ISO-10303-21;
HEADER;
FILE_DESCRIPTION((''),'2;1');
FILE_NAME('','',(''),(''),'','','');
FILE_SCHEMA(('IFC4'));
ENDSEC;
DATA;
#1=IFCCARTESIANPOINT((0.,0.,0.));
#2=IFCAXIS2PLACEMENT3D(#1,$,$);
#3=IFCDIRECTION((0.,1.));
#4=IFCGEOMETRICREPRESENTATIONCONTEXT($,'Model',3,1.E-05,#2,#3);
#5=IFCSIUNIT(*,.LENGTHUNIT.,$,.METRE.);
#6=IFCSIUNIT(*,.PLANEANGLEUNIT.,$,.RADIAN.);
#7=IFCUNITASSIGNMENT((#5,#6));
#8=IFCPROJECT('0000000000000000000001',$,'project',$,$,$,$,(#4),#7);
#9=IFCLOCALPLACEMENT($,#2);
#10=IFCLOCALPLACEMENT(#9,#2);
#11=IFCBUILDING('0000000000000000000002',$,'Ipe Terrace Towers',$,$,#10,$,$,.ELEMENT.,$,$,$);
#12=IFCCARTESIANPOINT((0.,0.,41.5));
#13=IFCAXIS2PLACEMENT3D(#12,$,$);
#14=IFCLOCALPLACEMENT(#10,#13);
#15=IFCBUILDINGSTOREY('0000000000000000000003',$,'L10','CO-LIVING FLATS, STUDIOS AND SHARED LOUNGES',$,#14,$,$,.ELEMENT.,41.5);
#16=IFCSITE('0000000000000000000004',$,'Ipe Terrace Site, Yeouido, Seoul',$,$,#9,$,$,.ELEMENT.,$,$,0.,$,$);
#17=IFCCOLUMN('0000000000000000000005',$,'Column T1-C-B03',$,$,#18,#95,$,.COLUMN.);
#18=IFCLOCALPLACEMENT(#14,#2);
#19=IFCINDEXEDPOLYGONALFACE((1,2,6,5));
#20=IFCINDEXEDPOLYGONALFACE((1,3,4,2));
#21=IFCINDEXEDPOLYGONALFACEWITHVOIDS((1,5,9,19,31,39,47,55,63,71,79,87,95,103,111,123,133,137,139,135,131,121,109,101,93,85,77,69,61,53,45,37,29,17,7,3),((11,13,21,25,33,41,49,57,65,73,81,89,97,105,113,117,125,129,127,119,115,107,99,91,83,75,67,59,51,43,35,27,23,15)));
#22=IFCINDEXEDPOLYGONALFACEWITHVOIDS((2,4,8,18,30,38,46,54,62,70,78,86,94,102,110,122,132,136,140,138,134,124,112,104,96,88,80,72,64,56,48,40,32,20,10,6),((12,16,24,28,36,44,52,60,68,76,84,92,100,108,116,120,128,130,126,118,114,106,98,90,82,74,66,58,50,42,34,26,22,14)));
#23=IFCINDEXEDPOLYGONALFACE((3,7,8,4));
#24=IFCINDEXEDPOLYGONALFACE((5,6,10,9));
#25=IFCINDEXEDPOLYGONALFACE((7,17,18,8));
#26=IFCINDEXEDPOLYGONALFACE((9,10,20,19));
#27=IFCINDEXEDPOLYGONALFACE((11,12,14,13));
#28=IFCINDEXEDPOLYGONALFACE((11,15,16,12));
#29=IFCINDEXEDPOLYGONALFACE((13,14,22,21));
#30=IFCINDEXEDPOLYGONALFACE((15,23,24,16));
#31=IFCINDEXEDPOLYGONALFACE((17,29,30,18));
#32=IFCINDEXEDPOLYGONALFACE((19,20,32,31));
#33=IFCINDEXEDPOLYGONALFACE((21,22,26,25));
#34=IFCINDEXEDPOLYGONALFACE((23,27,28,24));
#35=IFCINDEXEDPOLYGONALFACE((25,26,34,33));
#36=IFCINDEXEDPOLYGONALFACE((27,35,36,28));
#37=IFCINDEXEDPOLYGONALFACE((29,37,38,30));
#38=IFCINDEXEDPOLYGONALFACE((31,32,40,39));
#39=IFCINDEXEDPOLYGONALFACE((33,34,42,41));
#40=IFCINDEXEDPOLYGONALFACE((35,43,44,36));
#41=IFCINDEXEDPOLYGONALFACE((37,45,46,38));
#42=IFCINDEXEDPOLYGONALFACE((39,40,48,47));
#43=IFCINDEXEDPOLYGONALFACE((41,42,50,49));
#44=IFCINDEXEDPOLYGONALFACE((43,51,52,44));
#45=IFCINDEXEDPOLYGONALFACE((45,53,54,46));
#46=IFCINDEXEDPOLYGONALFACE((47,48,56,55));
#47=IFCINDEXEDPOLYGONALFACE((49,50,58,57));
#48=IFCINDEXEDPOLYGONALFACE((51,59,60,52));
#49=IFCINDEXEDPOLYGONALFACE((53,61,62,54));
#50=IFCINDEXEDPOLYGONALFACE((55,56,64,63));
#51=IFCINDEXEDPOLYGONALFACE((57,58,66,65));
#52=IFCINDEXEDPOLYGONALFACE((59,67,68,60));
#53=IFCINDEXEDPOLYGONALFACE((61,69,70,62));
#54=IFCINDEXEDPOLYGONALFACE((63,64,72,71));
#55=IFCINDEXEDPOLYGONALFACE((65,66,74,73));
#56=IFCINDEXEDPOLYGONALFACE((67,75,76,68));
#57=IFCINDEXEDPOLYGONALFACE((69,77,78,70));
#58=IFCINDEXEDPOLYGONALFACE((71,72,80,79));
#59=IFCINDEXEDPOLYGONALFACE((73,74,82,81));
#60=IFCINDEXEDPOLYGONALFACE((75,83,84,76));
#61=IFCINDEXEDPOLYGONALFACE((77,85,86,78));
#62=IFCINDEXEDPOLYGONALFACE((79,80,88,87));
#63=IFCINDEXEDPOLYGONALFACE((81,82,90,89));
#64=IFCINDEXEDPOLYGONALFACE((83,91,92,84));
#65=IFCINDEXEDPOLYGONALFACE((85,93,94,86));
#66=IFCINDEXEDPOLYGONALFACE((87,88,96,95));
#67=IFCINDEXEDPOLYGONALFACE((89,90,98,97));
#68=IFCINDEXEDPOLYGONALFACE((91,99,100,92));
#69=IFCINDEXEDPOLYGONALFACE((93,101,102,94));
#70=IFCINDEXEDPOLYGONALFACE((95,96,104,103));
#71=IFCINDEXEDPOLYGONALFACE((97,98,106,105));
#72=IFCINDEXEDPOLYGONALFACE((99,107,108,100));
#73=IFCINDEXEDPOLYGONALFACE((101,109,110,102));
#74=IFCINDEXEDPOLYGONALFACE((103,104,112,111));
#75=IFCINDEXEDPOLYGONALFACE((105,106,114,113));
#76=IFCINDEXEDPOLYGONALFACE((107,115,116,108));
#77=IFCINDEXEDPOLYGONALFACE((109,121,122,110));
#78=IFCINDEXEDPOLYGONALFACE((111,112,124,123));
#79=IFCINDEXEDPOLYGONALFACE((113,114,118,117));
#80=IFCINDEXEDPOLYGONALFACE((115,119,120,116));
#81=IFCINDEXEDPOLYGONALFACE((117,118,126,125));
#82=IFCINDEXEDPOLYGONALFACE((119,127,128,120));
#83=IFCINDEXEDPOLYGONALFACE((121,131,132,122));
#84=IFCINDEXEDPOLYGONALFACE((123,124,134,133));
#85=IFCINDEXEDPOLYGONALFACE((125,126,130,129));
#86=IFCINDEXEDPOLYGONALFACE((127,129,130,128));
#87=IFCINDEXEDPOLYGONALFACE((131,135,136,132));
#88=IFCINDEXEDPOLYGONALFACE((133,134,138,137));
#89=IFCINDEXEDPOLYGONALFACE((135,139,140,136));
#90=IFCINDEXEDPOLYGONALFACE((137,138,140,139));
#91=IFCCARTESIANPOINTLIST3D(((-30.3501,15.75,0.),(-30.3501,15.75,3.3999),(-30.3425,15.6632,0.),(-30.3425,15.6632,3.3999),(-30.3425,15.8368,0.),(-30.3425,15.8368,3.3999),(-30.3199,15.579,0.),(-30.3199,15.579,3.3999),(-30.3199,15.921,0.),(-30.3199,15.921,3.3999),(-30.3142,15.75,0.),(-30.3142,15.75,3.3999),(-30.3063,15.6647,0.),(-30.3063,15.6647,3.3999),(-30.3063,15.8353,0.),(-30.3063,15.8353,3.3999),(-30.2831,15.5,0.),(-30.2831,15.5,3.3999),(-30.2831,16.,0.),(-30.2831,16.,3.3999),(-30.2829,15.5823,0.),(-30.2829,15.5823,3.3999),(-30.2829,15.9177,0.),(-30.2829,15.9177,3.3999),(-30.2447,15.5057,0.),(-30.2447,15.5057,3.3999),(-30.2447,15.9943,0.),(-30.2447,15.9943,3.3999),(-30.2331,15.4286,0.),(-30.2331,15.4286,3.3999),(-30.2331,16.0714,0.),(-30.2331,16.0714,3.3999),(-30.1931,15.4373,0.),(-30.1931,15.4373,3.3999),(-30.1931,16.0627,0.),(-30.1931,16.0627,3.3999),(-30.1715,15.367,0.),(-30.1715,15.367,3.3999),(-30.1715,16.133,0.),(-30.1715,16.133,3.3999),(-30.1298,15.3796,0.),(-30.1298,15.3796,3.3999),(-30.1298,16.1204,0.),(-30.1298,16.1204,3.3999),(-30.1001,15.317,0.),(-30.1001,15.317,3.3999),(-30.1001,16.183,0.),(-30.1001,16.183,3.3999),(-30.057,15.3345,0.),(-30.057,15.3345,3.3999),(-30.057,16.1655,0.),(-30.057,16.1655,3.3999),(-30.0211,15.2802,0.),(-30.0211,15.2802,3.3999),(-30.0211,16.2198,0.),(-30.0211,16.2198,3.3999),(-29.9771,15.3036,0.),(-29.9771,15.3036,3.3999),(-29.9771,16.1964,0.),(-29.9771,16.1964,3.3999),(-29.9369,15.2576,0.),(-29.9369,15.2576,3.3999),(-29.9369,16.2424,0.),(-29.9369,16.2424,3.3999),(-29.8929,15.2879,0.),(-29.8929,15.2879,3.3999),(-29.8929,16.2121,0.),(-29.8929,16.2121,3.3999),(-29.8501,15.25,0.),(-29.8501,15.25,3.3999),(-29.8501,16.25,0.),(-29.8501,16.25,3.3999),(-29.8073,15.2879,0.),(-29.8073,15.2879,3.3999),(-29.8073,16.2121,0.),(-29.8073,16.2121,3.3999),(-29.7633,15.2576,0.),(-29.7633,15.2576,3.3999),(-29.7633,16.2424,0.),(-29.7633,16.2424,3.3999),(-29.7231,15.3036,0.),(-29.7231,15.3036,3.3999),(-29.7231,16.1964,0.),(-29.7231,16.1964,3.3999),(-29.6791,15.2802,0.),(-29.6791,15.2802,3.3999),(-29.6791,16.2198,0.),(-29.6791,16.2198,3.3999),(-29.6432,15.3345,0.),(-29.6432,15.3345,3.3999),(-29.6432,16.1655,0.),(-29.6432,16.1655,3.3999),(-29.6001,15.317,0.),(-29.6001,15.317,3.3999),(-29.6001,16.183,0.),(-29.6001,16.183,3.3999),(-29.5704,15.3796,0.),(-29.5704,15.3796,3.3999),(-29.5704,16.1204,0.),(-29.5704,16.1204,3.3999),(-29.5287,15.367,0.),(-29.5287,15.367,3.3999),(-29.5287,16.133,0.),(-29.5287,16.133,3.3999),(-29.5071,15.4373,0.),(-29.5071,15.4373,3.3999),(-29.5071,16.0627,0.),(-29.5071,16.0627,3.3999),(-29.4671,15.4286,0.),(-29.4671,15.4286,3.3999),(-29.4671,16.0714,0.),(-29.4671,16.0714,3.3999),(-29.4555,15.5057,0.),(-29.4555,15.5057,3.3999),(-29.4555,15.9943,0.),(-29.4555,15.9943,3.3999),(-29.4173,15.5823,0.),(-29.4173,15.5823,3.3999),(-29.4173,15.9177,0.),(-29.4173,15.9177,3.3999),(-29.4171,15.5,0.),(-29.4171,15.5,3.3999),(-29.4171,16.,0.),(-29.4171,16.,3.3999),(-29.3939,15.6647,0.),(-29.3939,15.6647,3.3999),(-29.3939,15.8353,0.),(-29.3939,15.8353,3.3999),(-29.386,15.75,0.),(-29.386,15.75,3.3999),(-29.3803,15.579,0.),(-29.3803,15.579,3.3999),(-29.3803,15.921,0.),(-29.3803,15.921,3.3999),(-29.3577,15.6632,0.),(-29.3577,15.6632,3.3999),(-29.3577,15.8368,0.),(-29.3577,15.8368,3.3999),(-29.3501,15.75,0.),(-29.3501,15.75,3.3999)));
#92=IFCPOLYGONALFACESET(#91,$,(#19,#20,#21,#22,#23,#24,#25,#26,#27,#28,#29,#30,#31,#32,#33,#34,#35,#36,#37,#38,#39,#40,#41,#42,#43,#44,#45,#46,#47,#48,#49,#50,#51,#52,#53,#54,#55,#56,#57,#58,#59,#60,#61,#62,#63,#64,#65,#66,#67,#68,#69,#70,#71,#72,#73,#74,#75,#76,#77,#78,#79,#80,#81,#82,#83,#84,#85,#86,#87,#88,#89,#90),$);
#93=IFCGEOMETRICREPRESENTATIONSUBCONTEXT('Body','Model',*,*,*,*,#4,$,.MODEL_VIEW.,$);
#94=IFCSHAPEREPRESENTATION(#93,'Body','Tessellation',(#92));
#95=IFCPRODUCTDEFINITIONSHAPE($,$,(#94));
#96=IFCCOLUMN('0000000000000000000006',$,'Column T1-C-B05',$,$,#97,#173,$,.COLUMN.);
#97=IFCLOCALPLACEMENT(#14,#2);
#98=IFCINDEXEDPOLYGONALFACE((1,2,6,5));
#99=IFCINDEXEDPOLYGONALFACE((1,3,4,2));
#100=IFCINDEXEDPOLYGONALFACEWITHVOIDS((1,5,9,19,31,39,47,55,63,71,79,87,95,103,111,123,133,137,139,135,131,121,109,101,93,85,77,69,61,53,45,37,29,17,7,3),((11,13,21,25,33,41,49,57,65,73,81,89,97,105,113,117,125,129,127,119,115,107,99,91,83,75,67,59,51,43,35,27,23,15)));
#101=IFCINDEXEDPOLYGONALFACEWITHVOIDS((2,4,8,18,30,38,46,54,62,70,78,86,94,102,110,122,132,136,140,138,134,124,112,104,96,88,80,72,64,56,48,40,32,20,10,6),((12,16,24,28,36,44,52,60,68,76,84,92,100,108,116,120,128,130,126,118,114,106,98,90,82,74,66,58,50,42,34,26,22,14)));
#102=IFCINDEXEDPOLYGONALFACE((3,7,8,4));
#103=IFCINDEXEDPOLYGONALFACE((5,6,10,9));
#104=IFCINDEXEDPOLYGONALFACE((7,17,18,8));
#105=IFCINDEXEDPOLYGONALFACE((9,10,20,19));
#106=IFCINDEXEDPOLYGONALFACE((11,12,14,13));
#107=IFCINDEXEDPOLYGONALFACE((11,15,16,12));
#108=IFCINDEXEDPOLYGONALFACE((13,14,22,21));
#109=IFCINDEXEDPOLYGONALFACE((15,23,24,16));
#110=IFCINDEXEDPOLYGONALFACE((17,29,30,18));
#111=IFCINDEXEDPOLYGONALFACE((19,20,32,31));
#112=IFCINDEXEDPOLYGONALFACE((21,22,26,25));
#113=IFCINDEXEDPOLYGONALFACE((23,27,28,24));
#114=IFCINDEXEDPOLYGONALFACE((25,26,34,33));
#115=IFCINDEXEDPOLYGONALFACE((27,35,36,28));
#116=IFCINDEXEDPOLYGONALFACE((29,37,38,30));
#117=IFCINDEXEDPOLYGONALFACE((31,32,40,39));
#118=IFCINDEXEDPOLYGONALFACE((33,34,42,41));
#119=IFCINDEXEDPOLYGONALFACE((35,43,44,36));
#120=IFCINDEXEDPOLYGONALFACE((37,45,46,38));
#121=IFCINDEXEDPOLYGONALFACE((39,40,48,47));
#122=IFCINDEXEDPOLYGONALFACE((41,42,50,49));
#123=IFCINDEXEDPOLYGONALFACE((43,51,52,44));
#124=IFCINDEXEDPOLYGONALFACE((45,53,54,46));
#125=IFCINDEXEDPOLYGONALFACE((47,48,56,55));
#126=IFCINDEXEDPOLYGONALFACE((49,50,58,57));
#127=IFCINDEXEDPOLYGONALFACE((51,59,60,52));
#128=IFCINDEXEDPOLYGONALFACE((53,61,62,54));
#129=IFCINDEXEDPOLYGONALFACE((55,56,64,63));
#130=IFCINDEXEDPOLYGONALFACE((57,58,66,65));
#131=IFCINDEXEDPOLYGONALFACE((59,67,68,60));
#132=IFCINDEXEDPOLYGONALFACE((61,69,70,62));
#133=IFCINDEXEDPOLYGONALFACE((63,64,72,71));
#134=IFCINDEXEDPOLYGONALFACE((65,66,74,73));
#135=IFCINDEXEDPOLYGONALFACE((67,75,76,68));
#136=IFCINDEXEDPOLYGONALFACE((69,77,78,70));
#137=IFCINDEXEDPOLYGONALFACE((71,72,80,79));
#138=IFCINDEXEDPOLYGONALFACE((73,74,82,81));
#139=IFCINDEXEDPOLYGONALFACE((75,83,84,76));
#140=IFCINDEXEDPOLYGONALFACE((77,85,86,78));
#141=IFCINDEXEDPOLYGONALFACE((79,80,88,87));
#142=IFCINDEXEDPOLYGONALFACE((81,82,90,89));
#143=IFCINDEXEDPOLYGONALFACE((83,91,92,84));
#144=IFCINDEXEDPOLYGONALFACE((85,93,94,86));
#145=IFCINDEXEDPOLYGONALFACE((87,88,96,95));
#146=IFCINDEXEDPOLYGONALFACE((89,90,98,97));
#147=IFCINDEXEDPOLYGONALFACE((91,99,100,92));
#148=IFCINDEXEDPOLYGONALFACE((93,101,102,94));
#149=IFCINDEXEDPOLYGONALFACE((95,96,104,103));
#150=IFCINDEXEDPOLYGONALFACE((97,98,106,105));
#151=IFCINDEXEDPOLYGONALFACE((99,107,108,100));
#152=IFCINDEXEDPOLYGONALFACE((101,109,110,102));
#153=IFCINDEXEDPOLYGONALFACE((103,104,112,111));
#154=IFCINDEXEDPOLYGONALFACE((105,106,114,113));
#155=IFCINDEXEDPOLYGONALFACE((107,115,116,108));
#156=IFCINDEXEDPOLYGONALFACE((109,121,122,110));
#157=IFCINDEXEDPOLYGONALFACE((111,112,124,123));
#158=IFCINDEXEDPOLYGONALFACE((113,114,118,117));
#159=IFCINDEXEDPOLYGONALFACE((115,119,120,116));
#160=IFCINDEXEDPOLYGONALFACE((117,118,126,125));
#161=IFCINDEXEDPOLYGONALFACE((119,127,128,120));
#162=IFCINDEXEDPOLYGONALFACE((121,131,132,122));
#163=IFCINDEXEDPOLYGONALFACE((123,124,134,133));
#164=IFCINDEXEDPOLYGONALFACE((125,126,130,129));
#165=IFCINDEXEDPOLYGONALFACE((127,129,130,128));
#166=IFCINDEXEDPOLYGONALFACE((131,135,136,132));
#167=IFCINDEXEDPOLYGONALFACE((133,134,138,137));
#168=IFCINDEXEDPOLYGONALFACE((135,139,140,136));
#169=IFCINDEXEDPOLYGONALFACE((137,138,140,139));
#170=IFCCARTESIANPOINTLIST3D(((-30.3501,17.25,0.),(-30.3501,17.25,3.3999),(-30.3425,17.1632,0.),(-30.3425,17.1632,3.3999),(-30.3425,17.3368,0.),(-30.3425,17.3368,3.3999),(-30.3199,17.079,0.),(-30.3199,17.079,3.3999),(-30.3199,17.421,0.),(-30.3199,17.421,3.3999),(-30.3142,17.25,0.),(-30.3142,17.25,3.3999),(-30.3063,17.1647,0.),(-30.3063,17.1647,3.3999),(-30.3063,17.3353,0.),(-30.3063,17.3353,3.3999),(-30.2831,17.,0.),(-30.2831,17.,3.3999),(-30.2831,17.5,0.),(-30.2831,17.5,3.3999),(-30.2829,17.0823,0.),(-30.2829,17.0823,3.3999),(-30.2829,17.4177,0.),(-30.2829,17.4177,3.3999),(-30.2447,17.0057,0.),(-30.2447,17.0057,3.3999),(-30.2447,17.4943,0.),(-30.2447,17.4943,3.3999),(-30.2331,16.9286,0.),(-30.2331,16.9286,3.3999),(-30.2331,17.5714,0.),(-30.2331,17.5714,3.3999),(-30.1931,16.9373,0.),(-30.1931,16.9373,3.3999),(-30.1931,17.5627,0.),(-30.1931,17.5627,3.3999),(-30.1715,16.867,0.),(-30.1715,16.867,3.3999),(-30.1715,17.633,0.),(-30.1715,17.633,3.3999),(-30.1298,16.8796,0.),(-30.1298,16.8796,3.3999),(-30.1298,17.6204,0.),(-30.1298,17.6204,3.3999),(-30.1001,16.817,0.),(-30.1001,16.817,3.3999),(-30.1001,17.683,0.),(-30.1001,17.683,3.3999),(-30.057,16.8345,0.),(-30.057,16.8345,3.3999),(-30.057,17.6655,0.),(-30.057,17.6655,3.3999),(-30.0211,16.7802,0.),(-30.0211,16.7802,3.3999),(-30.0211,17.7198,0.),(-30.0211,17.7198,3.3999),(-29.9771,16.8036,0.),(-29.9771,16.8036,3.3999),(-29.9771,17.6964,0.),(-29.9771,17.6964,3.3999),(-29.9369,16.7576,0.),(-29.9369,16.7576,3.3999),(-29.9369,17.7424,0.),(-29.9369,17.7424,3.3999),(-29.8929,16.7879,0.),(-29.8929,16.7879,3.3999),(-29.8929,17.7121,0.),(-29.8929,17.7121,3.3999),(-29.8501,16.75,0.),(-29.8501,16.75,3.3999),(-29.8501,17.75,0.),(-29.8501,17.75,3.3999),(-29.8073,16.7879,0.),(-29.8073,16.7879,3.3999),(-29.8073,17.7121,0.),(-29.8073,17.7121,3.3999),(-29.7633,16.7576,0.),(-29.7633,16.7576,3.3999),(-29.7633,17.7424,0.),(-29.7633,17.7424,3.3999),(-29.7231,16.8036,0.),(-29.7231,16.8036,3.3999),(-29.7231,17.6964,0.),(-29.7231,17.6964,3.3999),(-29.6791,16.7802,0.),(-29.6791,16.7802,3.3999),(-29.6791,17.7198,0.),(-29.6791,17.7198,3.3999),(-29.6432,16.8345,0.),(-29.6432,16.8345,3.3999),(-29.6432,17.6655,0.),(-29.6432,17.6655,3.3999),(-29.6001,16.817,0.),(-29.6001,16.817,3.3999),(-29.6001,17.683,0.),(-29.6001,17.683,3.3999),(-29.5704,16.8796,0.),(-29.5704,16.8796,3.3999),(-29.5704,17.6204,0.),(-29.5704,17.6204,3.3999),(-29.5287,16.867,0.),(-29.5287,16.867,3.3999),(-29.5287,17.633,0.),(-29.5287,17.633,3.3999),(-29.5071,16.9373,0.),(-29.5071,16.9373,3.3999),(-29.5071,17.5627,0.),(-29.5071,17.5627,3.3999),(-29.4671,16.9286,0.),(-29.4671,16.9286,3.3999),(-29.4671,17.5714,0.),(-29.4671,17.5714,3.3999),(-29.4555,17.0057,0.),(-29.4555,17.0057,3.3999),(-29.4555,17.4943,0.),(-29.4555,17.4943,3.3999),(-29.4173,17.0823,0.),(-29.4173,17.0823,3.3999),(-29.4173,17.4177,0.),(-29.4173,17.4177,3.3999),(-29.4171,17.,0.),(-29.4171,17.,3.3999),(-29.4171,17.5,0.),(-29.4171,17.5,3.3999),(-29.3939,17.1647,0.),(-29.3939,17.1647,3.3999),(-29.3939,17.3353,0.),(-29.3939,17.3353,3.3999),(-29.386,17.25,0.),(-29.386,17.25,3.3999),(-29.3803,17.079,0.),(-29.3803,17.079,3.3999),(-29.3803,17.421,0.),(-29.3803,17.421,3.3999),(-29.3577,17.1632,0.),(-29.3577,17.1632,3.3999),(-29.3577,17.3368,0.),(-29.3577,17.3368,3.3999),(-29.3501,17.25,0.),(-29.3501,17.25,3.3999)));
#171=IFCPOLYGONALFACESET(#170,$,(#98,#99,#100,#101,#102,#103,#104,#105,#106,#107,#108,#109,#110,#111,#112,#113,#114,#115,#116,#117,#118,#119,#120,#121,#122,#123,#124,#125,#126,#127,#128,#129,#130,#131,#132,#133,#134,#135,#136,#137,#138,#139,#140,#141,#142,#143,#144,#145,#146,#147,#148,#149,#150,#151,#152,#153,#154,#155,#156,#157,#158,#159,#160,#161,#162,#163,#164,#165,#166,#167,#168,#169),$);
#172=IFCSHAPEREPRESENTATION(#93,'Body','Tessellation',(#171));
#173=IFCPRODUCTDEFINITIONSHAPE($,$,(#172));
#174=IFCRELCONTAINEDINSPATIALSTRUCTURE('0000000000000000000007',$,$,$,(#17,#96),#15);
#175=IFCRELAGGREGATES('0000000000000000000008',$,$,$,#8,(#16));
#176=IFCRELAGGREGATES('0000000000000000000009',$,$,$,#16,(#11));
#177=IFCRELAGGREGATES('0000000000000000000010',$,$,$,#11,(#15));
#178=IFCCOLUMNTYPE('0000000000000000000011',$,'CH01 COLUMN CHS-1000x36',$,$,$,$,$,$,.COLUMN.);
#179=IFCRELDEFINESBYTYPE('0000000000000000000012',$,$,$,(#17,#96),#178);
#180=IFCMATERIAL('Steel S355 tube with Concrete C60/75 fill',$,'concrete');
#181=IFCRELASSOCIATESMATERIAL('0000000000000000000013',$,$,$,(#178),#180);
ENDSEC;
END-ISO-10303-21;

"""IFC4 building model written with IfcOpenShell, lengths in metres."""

from ifc_helpers import new_model, si_unit, direction, frame, origin, origin_2d, place, context, subcontext, project, spatial, hollow_circle, extrude, material, material_profile, profile_set, type_object, element, save


model = new_model("IFC4")

# Units and contexts
model_context = context("Model", 3, precision=1e-05, world=origin(), true_north=direction((0.0, 1.0)))
body_context = subcontext(model_context, "Body", "Model", "MODEL_VIEW")
ifc_project = project(units=[si_unit("LENGTHUNIT", "METRE"), si_unit("PLANEANGLEUNIT", "RADIAN")], contexts=[model_context])

# Site, building, storey
site_placement = place(None, origin())
site = spatial("IfcSite", under=ifc_project, at=site_placement, Name="Ipe Terrace Site, Yeouido, Seoul", CompositionType="ELEMENT", RefElevation=0.0)
building_placement = place(site_placement, origin())
building = spatial("IfcBuilding", under=site, at=building_placement, Name="Ipe Terrace Towers", CompositionType="ELEMENT")
storey_placement = place(building_placement, frame((0.0, 0.0, 41.5)))
storey = spatial("IfcBuildingStorey", under=building, at=storey_placement, Name="L10", Description="CO-LIVING FLATS, STUDIOS AND SHARED LOUNGES", CompositionType="ELEMENT", Elevation=41.5)

# Columns
ifc_material_1 = material(Name="Steel S355 tube with Concrete C60/75 fill", Category="concrete")
ifc_material_profile_1 = material_profile(ifc_material_1, hollow_circle(Radius=0.5, WallThickness=0.0359, at=origin_2d()), Name="CHS-1000x36")
ifc_profile_set_1 = profile_set([ifc_material_profile_1], Name="Steel S355 tube with Concrete C60/75 fill")
column_type_1 = type_object("IfcColumnType", Name="CH01 COLUMN CHS-1000x36", PredefinedType="COLUMN", material=ifc_profile_set_1)
for number, where, z_axis, x_axis, name in (
    (1, (-29.8501, 15.75, 0.0), (0.0, 0.0, 1.0), (1.0, 0.0, 0.0), "Column T1-C-B03"),
    (2, (-29.8501, 17.25, 0.0), (0.0, 0.0, 1.0), (1.0, 0.0, 0.0), "Column T1-C-B05"),
):
    element("IfcColumn", number, at=place(storey_placement, frame(where, z_axis=z_axis, x_axis=x_axis)), inside=storey, type_object=column_type_1, Name=name, PredefinedType="COLUMN", context=body_context, shape_type="SweptSolid", body=[
        extrude(hollow_circle(Radius=0.5, WallThickness=0.0359, at=origin_2d()), origin(), (0.0, 0.0, 1.0), 3.3999),
    ])

save(model, "model.ifc")
